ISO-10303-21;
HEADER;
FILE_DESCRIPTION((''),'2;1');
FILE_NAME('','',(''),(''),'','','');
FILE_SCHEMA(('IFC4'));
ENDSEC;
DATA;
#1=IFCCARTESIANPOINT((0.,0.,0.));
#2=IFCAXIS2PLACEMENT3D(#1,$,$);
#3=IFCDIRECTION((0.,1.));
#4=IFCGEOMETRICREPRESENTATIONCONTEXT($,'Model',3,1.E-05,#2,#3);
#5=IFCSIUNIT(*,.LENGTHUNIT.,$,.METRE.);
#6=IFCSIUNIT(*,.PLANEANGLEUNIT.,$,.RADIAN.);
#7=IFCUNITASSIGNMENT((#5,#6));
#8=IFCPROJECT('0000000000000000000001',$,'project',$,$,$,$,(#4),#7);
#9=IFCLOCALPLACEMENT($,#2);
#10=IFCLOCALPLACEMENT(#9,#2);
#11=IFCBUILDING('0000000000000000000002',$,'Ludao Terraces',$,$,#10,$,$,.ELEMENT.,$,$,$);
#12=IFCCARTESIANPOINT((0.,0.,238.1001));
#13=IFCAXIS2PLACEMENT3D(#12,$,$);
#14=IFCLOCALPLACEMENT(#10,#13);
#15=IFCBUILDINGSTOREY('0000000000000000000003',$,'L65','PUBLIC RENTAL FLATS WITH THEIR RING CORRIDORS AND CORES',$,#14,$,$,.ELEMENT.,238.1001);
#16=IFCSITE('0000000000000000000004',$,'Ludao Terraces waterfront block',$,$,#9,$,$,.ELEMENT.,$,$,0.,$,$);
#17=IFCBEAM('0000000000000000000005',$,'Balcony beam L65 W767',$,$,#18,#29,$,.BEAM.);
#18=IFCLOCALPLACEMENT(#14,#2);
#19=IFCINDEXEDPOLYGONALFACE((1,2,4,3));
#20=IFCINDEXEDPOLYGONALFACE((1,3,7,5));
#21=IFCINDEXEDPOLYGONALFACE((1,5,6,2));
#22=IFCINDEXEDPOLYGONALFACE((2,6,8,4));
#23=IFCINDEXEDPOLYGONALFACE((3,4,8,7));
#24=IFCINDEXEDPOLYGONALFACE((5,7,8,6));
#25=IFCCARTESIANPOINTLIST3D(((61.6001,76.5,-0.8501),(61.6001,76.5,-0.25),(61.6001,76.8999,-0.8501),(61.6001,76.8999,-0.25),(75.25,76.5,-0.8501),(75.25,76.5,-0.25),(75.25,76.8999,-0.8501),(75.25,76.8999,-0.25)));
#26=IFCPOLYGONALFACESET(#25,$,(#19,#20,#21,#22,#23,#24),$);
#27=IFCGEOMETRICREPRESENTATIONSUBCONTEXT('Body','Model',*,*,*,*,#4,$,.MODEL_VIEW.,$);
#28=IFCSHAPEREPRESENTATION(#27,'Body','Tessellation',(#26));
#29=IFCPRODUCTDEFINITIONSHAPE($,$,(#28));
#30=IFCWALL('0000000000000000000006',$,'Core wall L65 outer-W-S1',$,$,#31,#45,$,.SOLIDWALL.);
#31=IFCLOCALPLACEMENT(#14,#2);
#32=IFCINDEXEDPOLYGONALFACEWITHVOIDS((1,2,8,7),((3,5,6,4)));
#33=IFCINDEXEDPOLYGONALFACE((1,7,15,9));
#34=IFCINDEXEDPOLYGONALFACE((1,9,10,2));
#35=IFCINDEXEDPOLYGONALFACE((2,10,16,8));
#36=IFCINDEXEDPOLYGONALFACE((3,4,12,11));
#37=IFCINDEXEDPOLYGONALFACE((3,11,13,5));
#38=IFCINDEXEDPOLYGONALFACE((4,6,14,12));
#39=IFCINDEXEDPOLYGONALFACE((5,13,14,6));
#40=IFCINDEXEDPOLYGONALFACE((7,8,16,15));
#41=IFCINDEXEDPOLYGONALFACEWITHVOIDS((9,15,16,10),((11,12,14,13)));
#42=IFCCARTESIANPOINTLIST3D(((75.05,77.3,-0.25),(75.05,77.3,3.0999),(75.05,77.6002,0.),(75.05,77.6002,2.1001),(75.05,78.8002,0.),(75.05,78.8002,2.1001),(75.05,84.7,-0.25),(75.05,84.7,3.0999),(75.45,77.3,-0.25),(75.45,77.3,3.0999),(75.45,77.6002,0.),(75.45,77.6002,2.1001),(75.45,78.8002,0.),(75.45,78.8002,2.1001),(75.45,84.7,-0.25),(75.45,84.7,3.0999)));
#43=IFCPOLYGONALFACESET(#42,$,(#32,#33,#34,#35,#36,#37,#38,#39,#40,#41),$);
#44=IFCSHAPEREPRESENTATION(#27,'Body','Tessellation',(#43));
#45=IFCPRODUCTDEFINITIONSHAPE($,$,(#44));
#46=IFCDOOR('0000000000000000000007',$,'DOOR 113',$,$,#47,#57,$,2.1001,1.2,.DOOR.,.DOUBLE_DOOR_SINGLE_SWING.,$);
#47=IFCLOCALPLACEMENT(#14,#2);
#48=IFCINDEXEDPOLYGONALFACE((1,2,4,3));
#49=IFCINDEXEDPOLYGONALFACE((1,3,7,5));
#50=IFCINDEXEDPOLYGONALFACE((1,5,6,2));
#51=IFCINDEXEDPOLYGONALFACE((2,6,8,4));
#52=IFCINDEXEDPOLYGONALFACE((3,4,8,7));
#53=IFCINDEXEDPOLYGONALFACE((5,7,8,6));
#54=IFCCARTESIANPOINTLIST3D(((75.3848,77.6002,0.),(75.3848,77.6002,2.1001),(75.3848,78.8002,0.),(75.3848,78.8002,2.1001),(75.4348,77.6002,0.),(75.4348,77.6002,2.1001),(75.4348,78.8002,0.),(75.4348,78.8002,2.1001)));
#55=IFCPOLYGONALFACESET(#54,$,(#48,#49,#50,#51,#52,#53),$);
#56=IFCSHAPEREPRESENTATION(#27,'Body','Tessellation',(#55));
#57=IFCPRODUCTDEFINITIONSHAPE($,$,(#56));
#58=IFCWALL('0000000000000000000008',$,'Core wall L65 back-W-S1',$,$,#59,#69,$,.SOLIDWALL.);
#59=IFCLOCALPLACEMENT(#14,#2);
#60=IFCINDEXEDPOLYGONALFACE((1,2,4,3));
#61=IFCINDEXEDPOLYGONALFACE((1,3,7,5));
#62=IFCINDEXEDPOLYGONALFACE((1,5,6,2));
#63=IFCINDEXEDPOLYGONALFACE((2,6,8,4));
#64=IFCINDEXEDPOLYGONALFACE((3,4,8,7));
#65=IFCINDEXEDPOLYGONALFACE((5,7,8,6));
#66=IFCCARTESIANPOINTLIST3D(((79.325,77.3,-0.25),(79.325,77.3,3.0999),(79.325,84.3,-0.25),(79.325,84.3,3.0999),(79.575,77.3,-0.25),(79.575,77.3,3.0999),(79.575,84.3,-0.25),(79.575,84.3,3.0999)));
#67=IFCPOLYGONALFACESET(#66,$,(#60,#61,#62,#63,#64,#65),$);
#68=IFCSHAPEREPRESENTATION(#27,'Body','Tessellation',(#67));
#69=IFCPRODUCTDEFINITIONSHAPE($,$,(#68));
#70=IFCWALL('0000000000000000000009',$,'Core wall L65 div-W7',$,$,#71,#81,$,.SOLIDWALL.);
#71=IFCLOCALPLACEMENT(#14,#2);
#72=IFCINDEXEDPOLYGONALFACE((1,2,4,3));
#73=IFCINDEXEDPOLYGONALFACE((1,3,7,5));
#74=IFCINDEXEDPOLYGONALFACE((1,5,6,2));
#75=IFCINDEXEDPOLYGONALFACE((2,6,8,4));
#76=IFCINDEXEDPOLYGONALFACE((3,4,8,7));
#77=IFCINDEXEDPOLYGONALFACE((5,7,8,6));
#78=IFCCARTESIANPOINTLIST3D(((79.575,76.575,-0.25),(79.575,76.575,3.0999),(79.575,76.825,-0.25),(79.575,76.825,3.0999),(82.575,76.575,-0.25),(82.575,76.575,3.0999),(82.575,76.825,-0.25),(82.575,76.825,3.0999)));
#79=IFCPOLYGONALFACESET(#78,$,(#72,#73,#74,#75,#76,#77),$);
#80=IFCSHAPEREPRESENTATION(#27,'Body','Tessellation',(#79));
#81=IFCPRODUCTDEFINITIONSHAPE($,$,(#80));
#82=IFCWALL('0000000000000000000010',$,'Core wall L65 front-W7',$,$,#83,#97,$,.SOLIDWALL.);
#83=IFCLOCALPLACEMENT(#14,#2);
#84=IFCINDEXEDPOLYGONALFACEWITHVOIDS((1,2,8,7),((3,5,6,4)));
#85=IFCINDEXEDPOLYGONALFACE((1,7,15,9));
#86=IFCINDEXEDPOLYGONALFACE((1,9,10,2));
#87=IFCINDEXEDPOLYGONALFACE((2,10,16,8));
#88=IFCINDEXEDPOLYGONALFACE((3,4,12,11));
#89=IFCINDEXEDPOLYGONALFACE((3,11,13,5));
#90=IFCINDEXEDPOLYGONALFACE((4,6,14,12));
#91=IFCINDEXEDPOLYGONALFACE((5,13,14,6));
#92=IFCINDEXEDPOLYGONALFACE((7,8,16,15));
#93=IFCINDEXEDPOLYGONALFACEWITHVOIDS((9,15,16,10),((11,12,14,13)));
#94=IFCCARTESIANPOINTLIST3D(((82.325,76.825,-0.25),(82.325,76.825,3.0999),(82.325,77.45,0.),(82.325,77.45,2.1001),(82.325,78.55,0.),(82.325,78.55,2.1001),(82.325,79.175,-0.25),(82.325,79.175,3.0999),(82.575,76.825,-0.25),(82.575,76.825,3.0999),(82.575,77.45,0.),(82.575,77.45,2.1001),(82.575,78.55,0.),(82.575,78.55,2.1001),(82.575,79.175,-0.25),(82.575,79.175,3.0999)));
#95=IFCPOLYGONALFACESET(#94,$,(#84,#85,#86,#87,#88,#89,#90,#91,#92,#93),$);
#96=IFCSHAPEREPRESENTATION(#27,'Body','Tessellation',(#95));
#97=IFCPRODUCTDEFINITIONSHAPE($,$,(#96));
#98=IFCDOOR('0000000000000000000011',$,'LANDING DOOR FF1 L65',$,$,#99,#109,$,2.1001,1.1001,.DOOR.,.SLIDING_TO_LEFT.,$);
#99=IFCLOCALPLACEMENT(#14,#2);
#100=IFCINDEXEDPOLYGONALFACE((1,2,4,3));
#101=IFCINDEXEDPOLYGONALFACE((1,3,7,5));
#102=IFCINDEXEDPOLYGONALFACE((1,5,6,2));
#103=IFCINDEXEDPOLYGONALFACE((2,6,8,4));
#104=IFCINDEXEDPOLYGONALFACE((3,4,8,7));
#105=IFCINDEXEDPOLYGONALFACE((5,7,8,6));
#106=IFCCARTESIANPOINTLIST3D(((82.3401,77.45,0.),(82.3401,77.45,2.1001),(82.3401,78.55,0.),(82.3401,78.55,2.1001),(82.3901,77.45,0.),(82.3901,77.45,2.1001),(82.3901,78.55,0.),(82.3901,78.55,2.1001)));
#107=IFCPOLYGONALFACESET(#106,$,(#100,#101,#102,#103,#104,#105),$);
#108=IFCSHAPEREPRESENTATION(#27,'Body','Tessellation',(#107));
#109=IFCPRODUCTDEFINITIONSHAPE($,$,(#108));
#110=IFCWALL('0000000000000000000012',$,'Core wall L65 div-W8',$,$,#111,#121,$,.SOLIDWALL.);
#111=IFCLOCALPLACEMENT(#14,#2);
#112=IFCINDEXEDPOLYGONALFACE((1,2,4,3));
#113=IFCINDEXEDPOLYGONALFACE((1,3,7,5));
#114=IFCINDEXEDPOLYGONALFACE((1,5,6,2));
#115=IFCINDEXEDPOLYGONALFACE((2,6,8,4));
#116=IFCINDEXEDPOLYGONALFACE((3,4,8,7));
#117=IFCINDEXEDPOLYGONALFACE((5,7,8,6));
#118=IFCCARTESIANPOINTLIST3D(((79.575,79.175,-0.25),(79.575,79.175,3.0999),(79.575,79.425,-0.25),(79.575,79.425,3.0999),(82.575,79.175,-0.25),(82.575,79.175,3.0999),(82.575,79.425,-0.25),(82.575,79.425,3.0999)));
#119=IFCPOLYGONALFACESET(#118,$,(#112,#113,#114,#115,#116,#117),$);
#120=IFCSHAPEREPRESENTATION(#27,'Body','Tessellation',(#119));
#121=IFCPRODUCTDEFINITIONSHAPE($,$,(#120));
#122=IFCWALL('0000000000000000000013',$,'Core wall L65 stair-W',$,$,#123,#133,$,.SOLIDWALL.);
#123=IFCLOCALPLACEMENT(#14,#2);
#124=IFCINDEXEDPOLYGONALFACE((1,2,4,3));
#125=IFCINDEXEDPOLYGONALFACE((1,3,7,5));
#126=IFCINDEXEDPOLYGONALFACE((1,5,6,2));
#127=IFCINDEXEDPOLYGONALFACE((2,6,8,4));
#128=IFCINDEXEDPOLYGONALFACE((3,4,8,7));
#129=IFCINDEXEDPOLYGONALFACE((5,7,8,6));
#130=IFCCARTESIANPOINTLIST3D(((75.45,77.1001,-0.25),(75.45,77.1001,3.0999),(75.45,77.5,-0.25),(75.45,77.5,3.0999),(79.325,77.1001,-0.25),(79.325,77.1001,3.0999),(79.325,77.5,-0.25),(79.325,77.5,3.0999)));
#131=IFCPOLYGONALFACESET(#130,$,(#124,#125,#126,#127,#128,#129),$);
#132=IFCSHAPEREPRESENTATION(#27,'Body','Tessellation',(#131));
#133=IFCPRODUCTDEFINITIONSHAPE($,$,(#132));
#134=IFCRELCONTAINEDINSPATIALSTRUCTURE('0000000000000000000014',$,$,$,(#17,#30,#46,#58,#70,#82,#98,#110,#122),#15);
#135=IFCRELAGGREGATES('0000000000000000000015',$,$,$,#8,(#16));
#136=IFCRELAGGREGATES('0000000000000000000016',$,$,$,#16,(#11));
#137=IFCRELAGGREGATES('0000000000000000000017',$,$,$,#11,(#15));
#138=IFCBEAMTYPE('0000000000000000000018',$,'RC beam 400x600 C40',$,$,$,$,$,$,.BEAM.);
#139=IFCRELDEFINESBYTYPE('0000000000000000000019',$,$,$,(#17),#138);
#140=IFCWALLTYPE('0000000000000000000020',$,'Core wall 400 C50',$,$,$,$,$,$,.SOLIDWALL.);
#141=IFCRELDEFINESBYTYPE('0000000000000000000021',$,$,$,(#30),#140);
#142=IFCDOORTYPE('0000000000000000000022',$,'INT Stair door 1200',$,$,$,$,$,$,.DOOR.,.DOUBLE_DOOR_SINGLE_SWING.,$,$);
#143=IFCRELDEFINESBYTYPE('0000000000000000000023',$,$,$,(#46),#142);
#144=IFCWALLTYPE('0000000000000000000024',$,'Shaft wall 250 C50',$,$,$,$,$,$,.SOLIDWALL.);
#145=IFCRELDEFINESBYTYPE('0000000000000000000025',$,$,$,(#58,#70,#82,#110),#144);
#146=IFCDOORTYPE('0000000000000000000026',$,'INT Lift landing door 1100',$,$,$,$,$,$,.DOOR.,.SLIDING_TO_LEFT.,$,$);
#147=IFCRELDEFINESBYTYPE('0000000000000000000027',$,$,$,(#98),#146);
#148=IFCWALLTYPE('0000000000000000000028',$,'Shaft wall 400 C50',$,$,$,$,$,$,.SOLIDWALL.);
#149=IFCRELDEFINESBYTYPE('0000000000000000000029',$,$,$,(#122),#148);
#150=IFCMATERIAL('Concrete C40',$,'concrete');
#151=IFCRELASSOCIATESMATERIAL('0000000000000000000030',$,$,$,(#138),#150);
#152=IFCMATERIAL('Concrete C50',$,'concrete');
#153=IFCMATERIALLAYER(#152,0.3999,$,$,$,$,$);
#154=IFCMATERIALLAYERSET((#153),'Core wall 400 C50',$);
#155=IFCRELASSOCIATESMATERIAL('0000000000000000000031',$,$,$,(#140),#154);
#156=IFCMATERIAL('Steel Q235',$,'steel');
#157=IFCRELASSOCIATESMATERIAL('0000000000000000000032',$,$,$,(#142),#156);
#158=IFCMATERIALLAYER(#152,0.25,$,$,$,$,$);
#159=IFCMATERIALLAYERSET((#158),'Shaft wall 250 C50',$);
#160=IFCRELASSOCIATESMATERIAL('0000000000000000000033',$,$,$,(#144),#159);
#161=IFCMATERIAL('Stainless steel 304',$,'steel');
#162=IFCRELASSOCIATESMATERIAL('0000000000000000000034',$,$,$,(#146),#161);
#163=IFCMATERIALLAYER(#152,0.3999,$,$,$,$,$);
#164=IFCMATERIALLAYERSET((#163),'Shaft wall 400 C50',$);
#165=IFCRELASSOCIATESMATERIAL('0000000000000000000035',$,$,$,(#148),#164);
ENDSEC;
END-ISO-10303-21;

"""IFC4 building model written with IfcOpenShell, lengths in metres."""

from ifc_helpers import new_model, si_unit, direction, frame, frame_2d, origin, origin_2d, place, context, subcontext, project, spatial, rectangle, extrude, material, layer, layer_set, material_profile, profile_set, type_object, element, fill, save


model = new_model("IFC4")

# Units and contexts
model_context = context("Model", 3, precision=1e-05, world=origin(), true_north=direction((0.0, 1.0)))
body_context = subcontext(model_context, "Body", "Model", "MODEL_VIEW")
ifc_project = project(units=[si_unit("LENGTHUNIT", "METRE"), si_unit("PLANEANGLEUNIT", "RADIAN")], contexts=[model_context])

# Site, building, storey
site_placement = place(None, origin())
site = spatial("IfcSite", under=ifc_project, at=site_placement, Name="Ludao Terraces waterfront block", CompositionType="ELEMENT", RefElevation=0.0)
building_placement = place(site_placement, origin())
building = spatial("IfcBuilding", under=site, at=building_placement, Name="Ludao Terraces", CompositionType="ELEMENT")
storey_placement = place(building_placement, frame((0.0, 0.0, 238.1001)))
storey = spatial("IfcBuildingStorey", under=building, at=storey_placement, Name="L65", Description="PUBLIC RENTAL FLATS WITH THEIR RING CORRIDORS AND CORES", CompositionType="ELEMENT", Elevation=238.1001)

# Beam
ifc_material_1 = material(Name="Concrete C40", Category="concrete")
ifc_material_profile = material_profile(ifc_material_1, rectangle(XDim=0.3999, YDim=0.6001, at=origin_2d()), Name="400 X 600")
ifc_profile_set = profile_set([ifc_material_profile], Name="Concrete C40")
beam_type = type_object("IfcBeamType", Name="RC beam 400x600 C40", PredefinedType="BEAM", material=ifc_profile_set)
beam_placement = place(storey_placement, frame((75.25, 76.7, -0.55), z_axis=(-1.0, 0.0, 0.0), x_axis=(0.0, -1.0, 0.0)))
element("IfcBeam", 1, at=beam_placement, inside=storey, type_object=beam_type, Name="Balcony beam L65 W767", PredefinedType="BEAM", context=body_context, shape_type="SweptSolid", body=[
    extrude(rectangle(XDim=0.3999, YDim=0.6001, at=origin_2d()), origin(), (0.0, 0.0, 1.0), 13.6499),
])

# Wall, opening, door
ifc_material_2 = material(Name="Concrete C50", Category="concrete")
ifc_layer_1 = layer(ifc_material_2, 0.3999)
ifc_layer_set_1 = layer_set([ifc_layer_1], Name="Core wall 400 C50")
wall_type_1 = type_object("IfcWallType", Name="Core wall 400 C50", PredefinedType="SOLIDWALL", material=ifc_layer_set_1)
wall_1_placement = place(storey_placement, frame((75.25, 77.3, -0.25), z_axis=(0.0, 0.0, 1.0), x_axis=(0.0, 1.0, 0.0)))
wall_1 = element("IfcWall", 2, at=wall_1_placement, inside=storey, type_object=wall_type_1, Name="Core wall L65 outer-W-S1", PredefinedType="SOLIDWALL", context=body_context, shape_type="SweptSolid", body=[
    extrude(rectangle(XDim=7.3999, YDim=0.3999, at=frame_2d((3.7, 0.0))), origin(), (0.0, 0.0, 1.0), 3.3499),
])
opening_1_placement = place(wall_1_placement, frame((0.3, 0.0, 0.25)))
opening_1 = element("IfcOpeningElement", 3, at=opening_1_placement, cuts=wall_1, PredefinedType="OPENING", context=body_context, shape_type="SweptSolid", body=[
    extrude(rectangle(XDim=1.2, YDim=2.1001, at=frame_2d((0.6001, 1.05))), frame((0.0, 0.21, 0.0), z_axis=(0.0, -1.0, 0.0), x_axis=(1.0, 0.0, 0.0)), (0.0, 0.0, 1.0), 0.4199),
])
ifc_material_3 = material(Name="Steel Q235", Category="steel")
door_type_1 = type_object("IfcDoorType", Name="INT Stair door 1200", OperationType="DOUBLE_DOOR_SINGLE_SWING", PredefinedType="DOOR", material=ifc_material_3)
door_1_placement = place(opening_1_placement, origin())
door_1 = element("IfcDoor", 4, at=door_1_placement, inside=storey, type_object=door_type_1, Name="DOOR 113", OperationType="DOUBLE_DOOR_SINGLE_SWING", OverallHeight=2.1001, OverallWidth=1.2, PredefinedType="DOOR", context=body_context, shape_type="SweptSolid", body=[
    extrude(rectangle(XDim=1.2, YDim=2.1001, at=frame_2d((0.6001, 1.05))), frame((0.0, -0.1348, 0.0), z_axis=(0.0, -1.0, 0.0), x_axis=(1.0, 0.0, 0.0)), (0.0, 0.0, 1.0), 0.05),
])
fill(opening_1, door_1)

# Walls
ifc_layer_2 = layer(ifc_material_2, 0.25)
ifc_layer_set_2 = layer_set([ifc_layer_2], Name="Shaft wall 250 C50")
wall_type_2 = type_object("IfcWallType", Name="Shaft wall 250 C50", PredefinedType="SOLIDWALL", material=ifc_layer_set_2)
wall_2_placement = place(storey_placement, frame((79.45, 77.3, -0.25), z_axis=(0.0, 0.0, 1.0), x_axis=(0.0, 1.0, 0.0)))
element("IfcWall", 5, at=wall_2_placement, inside=storey, type_object=wall_type_2, Name="Core wall L65 back-W-S1", PredefinedType="SOLIDWALL", context=body_context, shape_type="SweptSolid", body=[
    extrude(rectangle(XDim=7.0, YDim=0.25, at=frame_2d((3.5, 0.0))), origin(), (0.0, 0.0, 1.0), 3.3499),
])
wall_3_placement = place(storey_placement, frame((79.575, 76.7, -0.25), z_axis=(0.0, 0.0, 1.0), x_axis=(1.0, 0.0, 0.0)))
element("IfcWall", 6, at=wall_3_placement, inside=storey, type_object=wall_type_2, Name="Core wall L65 div-W7", PredefinedType="SOLIDWALL", context=body_context, shape_type="SweptSolid", body=[
    extrude(rectangle(XDim=3.0, YDim=0.25, at=frame_2d((1.5, 0.0))), origin(), (0.0, 0.0, 1.0), 3.3499),
])

# Wall, opening, door
wall_4_placement = place(storey_placement, frame((82.45, 76.825, -0.25), z_axis=(0.0, 0.0, 1.0), x_axis=(0.0, 1.0, 0.0)))
wall_4 = element("IfcWall", 7, at=wall_4_placement, inside=storey, type_object=wall_type_2, Name="Core wall L65 front-W7", PredefinedType="SOLIDWALL", context=body_context, shape_type="SweptSolid", body=[
    extrude(rectangle(XDim=2.3501, YDim=0.25, at=frame_2d((1.175, 0.0))), origin(), (0.0, 0.0, 1.0), 3.3499),
])
opening_2_placement = place(wall_4_placement, frame((0.625, 0.0, 0.25)))
opening_2 = element("IfcOpeningElement", 8, at=opening_2_placement, cuts=wall_4, PredefinedType="OPENING", context=body_context, shape_type="SweptSolid", body=[
    extrude(rectangle(XDim=1.1001, YDim=2.1001, at=frame_2d((0.55, 1.05))), frame((0.0, 0.135, 0.0), z_axis=(0.0, -1.0, 0.0), x_axis=(1.0, 0.0, 0.0)), (0.0, 0.0, 1.0), 0.27),
])
ifc_material_4 = material(Name="Stainless steel 304", Category="steel")
door_type_2 = type_object("IfcDoorType", Name="INT Lift landing door 1100", OperationType="SLIDING_TO_LEFT", PredefinedType="DOOR", material=ifc_material_4)
door_2_placement = place(opening_2_placement, origin())
door_2 = element("IfcDoor", 9, at=door_2_placement, inside=storey, type_object=door_type_2, Name="LANDING DOOR FF1 L65", OperationType="SLIDING_TO_LEFT", OverallHeight=2.1001, OverallWidth=1.1001, PredefinedType="DOOR", context=body_context, shape_type="SweptSolid", body=[
    extrude(rectangle(XDim=1.1001, YDim=2.1001, at=frame_2d((0.55, 1.05))), frame((0.0, 0.1099, 0.0), z_axis=(0.0, -1.0, 0.0), x_axis=(1.0, 0.0, 0.0)), (0.0, 0.0, 1.0), 0.05),
])
fill(opening_2, door_2)

# Walls
wall_5_placement = place(storey_placement, frame((79.575, 79.3, -0.25), z_axis=(0.0, 0.0, 1.0), x_axis=(1.0, 0.0, 0.0)))
element("IfcWall", 10, at=wall_5_placement, inside=storey, type_object=wall_type_2, Name="Core wall L65 div-W8", PredefinedType="SOLIDWALL", context=body_context, shape_type="SweptSolid", body=[
    extrude(rectangle(XDim=3.0, YDim=0.25, at=frame_2d((1.5, 0.0))), origin(), (0.0, 0.0, 1.0), 3.3499),
])
ifc_layer_3 = layer(ifc_material_2, 0.3999)
ifc_layer_set_3 = layer_set([ifc_layer_3], Name="Shaft wall 400 C50")
wall_type_3 = type_object("IfcWallType", Name="Shaft wall 400 C50", PredefinedType="SOLIDWALL", material=ifc_layer_set_3)
wall_6_placement = place(storey_placement, frame((75.45, 77.3, -0.25), z_axis=(0.0, 0.0, 1.0), x_axis=(1.0, 0.0, 0.0)))
element("IfcWall", 11, at=wall_6_placement, inside=storey, type_object=wall_type_3, Name="Core wall L65 stair-W", PredefinedType="SOLIDWALL", context=body_context, shape_type="SweptSolid", body=[
    extrude(rectangle(XDim=3.875, YDim=0.3999, at=frame_2d((1.9375, 0.0))), origin(), (0.0, 0.0, 1.0), 3.3499),
])

save(model, "model.ifc")
